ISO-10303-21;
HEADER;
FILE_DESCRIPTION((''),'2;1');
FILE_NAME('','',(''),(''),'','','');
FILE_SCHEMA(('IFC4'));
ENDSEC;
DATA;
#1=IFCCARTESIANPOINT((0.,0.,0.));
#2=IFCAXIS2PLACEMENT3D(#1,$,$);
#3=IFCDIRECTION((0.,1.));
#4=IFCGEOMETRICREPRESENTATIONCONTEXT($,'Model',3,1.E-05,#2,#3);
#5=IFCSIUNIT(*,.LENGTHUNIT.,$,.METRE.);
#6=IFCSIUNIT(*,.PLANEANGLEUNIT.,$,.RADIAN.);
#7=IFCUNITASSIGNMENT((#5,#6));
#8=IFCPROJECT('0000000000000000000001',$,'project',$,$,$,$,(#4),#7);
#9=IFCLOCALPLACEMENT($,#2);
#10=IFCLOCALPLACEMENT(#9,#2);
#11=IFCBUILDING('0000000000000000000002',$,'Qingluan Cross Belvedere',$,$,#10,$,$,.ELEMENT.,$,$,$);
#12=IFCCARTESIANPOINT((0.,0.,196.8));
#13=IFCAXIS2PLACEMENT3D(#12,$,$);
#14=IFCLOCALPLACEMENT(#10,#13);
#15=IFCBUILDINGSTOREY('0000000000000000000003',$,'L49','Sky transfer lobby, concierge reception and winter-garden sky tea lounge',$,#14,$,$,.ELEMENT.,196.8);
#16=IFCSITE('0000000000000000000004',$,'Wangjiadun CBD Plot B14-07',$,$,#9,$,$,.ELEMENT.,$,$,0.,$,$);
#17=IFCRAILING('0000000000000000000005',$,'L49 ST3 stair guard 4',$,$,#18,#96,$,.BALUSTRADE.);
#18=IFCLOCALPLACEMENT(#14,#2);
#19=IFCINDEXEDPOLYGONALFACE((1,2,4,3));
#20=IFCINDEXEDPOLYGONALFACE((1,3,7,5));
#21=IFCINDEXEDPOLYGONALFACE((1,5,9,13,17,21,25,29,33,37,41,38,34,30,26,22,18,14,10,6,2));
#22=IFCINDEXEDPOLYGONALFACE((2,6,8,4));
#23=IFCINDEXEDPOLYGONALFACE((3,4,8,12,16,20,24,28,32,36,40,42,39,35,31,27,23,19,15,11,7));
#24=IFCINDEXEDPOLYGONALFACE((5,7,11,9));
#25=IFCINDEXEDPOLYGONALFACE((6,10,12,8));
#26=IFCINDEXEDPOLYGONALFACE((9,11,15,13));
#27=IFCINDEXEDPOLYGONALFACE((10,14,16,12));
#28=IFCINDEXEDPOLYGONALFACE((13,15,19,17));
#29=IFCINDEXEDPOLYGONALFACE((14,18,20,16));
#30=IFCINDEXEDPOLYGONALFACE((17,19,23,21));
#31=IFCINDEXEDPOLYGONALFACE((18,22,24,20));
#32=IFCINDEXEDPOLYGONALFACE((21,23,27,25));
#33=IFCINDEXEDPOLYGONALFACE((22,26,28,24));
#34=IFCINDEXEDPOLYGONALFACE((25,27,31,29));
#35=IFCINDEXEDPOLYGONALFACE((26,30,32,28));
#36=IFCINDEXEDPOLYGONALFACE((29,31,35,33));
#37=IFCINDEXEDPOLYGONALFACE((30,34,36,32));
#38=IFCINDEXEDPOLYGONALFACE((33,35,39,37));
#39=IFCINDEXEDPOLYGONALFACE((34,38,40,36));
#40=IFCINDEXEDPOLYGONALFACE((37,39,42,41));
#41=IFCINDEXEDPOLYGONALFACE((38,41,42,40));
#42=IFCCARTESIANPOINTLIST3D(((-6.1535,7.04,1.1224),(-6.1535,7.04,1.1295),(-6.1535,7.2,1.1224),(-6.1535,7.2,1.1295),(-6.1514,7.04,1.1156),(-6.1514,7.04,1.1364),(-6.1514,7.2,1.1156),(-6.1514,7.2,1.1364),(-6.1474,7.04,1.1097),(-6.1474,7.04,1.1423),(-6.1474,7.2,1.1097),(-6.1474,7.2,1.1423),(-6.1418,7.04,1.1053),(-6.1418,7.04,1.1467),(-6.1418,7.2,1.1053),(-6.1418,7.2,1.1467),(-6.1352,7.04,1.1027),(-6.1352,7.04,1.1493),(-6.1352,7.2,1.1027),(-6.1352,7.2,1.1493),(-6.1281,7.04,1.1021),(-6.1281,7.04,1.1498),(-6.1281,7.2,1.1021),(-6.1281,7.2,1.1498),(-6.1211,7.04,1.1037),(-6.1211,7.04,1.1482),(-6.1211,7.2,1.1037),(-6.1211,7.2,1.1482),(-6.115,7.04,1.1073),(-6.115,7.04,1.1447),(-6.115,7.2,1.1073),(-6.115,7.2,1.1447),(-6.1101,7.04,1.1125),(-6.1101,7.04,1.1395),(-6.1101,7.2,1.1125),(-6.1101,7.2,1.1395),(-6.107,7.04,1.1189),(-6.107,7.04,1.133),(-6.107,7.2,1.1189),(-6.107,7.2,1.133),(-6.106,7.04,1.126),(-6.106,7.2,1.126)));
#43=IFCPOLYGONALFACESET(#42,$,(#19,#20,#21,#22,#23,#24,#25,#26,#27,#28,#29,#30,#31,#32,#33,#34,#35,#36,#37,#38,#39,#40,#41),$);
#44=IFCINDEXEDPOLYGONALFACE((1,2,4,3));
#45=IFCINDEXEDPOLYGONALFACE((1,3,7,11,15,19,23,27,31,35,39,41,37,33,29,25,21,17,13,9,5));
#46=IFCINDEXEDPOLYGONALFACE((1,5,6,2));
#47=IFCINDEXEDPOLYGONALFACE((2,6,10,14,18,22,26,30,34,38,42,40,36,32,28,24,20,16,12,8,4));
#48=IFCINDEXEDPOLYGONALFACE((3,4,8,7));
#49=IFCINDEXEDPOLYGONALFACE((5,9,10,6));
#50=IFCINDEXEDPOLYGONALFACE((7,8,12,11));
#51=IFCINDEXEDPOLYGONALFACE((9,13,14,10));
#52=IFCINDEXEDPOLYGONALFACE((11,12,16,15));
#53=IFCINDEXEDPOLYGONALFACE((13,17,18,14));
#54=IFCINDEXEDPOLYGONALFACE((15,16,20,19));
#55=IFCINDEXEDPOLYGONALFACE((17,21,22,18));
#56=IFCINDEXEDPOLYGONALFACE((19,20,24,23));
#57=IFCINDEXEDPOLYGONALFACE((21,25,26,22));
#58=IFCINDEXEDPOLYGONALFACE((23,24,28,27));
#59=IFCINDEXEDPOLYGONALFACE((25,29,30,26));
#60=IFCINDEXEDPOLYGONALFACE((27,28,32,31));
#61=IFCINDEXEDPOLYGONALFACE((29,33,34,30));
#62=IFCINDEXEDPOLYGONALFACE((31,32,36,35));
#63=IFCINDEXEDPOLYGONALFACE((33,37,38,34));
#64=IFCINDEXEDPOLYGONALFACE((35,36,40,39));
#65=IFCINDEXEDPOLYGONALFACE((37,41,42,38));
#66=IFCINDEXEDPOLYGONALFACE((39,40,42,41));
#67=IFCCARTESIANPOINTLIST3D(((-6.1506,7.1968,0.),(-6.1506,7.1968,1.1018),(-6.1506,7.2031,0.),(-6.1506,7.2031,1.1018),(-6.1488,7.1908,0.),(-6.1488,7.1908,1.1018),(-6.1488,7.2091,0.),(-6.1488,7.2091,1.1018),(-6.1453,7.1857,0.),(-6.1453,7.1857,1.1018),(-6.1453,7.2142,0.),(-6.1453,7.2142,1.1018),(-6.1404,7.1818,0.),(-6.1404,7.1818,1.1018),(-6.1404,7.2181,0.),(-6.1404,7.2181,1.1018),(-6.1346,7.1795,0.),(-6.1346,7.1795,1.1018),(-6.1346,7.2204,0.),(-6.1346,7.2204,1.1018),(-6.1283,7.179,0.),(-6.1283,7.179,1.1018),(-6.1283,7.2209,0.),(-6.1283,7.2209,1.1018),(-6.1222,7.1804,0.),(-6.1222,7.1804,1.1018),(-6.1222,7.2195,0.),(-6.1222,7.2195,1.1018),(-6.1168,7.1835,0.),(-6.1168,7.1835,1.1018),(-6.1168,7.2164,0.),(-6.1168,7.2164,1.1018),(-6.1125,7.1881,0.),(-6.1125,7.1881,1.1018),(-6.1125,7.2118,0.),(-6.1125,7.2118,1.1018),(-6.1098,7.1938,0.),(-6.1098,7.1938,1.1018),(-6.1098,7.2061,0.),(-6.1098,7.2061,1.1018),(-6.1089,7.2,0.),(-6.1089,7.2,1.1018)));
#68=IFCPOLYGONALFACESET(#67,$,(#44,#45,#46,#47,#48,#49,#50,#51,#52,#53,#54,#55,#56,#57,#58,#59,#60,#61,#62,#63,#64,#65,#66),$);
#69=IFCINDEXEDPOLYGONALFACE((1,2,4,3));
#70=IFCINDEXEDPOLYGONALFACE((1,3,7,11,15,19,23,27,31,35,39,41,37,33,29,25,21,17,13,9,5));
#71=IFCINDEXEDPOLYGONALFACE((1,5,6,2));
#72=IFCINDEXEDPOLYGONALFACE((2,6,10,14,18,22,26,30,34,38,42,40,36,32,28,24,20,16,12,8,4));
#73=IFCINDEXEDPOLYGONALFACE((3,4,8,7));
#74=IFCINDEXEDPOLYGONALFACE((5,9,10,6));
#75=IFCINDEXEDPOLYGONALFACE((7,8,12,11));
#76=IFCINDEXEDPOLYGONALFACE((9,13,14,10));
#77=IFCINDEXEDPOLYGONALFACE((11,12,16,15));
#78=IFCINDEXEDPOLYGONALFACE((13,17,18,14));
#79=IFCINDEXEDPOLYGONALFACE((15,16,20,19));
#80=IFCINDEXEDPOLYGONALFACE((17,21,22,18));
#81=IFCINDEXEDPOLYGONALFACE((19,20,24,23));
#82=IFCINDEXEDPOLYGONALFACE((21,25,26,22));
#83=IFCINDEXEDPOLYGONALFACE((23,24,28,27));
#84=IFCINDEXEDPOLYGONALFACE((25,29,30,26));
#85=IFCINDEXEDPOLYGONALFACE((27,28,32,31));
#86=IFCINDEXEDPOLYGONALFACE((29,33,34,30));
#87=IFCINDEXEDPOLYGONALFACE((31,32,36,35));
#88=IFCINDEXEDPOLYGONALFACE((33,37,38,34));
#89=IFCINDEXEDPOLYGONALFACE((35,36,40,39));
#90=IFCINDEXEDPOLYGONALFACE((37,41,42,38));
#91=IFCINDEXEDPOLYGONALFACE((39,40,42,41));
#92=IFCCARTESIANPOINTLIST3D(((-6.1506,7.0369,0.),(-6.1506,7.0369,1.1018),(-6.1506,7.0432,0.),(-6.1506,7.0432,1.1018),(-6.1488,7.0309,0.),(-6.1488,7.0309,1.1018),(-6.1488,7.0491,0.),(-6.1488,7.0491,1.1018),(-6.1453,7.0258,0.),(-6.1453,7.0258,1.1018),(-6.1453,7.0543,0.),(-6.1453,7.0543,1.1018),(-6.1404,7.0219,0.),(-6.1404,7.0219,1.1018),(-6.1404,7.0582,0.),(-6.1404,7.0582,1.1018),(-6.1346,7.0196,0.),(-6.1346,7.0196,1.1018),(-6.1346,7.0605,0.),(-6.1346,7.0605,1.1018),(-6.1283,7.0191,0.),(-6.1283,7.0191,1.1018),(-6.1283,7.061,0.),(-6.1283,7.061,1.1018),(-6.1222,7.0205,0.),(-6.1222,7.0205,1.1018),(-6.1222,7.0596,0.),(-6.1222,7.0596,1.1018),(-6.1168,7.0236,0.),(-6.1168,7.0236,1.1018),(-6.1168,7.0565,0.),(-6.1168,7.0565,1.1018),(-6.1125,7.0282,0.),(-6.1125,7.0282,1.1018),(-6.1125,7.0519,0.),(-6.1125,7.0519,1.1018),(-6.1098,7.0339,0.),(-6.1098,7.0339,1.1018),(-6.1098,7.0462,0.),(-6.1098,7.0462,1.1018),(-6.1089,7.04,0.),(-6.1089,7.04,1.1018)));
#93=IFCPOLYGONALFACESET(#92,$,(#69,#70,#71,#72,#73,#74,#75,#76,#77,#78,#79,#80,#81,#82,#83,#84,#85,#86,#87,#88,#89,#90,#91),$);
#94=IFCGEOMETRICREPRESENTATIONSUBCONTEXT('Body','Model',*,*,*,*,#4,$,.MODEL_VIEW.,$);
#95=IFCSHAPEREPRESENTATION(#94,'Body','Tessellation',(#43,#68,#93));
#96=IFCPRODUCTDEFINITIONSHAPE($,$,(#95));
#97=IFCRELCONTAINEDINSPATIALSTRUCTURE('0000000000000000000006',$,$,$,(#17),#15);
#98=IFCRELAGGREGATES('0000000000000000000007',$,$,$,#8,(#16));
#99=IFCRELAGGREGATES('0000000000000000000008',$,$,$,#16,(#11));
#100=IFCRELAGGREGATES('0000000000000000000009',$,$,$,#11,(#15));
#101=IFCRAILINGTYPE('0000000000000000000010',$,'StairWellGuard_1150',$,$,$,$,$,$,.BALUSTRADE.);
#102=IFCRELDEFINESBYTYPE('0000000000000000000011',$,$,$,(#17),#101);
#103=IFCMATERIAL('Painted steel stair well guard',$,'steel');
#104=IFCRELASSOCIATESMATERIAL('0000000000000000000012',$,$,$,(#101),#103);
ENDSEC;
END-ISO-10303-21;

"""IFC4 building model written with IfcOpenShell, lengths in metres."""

from ifc_helpers import new_model, si_unit, direction, frame, origin, origin_2d, place, context, subcontext, project, spatial, circle, extrude, material, type_object, element, save


model = new_model("IFC4")

# Units and contexts
model_context = context("Model", 3, precision=1e-05, world=origin(), true_north=direction((0.0, 1.0)))
body_context = subcontext(model_context, "Body", "Model", "MODEL_VIEW")
ifc_project = project(units=[si_unit("LENGTHUNIT", "METRE"), si_unit("PLANEANGLEUNIT", "RADIAN")], contexts=[model_context])

# Site, building, storey
site_placement = place(None, origin())
site = spatial("IfcSite", under=ifc_project, at=site_placement, Name="Wangjiadun CBD Plot B14-07", CompositionType="ELEMENT", RefElevation=0.0)
building_placement = place(site_placement, origin())
building = spatial("IfcBuilding", under=site, at=building_placement, Name="Qingluan Cross Belvedere", CompositionType="ELEMENT")
storey_placement = place(building_placement, frame((0.0, 0.0, 196.8)))
storey = spatial("IfcBuildingStorey", under=building, at=storey_placement, Name="L49", Description="Sky transfer lobby, concierge reception and winter-garden sky tea lounge", CompositionType="ELEMENT", Elevation=196.8)

# Railing
ifc_material_1 = material(Name="Painted steel stair well guard", Category="steel")
railing_type_1 = type_object("IfcRailingType", Name="StairWellGuard_1150", PredefinedType="BALUSTRADE", material=ifc_material_1)
railing_1_placement = place(storey_placement, frame((-6.1299, 7.2, 0.0)))
element("IfcRailing", 1, at=railing_1_placement, inside=storey, type_object=railing_type_1, Name="L49 ST3 stair guard 4", PredefinedType="BALUSTRADE", context=body_context, shape_type="SweptSolid", body=[
    extrude(circle(Radius=0.0239, at=origin_2d()), frame((0.0, 0.0, 1.126), z_axis=(0.0, -1.0, 0.0), x_axis=(1.0, 0.0, 0.0)), (0.0, 0.0, 1.0), 0.1599),
    extrude(circle(Radius=0.021, at=origin_2d()), origin(), (0.0, 0.0, 1.0), 1.1018),
    extrude(circle(Radius=0.021, at=origin_2d()), frame((0.0, -0.1599, 0.0)), (0.0, 0.0, 1.0), 1.1018),
])

save(model, "model.ifc")
